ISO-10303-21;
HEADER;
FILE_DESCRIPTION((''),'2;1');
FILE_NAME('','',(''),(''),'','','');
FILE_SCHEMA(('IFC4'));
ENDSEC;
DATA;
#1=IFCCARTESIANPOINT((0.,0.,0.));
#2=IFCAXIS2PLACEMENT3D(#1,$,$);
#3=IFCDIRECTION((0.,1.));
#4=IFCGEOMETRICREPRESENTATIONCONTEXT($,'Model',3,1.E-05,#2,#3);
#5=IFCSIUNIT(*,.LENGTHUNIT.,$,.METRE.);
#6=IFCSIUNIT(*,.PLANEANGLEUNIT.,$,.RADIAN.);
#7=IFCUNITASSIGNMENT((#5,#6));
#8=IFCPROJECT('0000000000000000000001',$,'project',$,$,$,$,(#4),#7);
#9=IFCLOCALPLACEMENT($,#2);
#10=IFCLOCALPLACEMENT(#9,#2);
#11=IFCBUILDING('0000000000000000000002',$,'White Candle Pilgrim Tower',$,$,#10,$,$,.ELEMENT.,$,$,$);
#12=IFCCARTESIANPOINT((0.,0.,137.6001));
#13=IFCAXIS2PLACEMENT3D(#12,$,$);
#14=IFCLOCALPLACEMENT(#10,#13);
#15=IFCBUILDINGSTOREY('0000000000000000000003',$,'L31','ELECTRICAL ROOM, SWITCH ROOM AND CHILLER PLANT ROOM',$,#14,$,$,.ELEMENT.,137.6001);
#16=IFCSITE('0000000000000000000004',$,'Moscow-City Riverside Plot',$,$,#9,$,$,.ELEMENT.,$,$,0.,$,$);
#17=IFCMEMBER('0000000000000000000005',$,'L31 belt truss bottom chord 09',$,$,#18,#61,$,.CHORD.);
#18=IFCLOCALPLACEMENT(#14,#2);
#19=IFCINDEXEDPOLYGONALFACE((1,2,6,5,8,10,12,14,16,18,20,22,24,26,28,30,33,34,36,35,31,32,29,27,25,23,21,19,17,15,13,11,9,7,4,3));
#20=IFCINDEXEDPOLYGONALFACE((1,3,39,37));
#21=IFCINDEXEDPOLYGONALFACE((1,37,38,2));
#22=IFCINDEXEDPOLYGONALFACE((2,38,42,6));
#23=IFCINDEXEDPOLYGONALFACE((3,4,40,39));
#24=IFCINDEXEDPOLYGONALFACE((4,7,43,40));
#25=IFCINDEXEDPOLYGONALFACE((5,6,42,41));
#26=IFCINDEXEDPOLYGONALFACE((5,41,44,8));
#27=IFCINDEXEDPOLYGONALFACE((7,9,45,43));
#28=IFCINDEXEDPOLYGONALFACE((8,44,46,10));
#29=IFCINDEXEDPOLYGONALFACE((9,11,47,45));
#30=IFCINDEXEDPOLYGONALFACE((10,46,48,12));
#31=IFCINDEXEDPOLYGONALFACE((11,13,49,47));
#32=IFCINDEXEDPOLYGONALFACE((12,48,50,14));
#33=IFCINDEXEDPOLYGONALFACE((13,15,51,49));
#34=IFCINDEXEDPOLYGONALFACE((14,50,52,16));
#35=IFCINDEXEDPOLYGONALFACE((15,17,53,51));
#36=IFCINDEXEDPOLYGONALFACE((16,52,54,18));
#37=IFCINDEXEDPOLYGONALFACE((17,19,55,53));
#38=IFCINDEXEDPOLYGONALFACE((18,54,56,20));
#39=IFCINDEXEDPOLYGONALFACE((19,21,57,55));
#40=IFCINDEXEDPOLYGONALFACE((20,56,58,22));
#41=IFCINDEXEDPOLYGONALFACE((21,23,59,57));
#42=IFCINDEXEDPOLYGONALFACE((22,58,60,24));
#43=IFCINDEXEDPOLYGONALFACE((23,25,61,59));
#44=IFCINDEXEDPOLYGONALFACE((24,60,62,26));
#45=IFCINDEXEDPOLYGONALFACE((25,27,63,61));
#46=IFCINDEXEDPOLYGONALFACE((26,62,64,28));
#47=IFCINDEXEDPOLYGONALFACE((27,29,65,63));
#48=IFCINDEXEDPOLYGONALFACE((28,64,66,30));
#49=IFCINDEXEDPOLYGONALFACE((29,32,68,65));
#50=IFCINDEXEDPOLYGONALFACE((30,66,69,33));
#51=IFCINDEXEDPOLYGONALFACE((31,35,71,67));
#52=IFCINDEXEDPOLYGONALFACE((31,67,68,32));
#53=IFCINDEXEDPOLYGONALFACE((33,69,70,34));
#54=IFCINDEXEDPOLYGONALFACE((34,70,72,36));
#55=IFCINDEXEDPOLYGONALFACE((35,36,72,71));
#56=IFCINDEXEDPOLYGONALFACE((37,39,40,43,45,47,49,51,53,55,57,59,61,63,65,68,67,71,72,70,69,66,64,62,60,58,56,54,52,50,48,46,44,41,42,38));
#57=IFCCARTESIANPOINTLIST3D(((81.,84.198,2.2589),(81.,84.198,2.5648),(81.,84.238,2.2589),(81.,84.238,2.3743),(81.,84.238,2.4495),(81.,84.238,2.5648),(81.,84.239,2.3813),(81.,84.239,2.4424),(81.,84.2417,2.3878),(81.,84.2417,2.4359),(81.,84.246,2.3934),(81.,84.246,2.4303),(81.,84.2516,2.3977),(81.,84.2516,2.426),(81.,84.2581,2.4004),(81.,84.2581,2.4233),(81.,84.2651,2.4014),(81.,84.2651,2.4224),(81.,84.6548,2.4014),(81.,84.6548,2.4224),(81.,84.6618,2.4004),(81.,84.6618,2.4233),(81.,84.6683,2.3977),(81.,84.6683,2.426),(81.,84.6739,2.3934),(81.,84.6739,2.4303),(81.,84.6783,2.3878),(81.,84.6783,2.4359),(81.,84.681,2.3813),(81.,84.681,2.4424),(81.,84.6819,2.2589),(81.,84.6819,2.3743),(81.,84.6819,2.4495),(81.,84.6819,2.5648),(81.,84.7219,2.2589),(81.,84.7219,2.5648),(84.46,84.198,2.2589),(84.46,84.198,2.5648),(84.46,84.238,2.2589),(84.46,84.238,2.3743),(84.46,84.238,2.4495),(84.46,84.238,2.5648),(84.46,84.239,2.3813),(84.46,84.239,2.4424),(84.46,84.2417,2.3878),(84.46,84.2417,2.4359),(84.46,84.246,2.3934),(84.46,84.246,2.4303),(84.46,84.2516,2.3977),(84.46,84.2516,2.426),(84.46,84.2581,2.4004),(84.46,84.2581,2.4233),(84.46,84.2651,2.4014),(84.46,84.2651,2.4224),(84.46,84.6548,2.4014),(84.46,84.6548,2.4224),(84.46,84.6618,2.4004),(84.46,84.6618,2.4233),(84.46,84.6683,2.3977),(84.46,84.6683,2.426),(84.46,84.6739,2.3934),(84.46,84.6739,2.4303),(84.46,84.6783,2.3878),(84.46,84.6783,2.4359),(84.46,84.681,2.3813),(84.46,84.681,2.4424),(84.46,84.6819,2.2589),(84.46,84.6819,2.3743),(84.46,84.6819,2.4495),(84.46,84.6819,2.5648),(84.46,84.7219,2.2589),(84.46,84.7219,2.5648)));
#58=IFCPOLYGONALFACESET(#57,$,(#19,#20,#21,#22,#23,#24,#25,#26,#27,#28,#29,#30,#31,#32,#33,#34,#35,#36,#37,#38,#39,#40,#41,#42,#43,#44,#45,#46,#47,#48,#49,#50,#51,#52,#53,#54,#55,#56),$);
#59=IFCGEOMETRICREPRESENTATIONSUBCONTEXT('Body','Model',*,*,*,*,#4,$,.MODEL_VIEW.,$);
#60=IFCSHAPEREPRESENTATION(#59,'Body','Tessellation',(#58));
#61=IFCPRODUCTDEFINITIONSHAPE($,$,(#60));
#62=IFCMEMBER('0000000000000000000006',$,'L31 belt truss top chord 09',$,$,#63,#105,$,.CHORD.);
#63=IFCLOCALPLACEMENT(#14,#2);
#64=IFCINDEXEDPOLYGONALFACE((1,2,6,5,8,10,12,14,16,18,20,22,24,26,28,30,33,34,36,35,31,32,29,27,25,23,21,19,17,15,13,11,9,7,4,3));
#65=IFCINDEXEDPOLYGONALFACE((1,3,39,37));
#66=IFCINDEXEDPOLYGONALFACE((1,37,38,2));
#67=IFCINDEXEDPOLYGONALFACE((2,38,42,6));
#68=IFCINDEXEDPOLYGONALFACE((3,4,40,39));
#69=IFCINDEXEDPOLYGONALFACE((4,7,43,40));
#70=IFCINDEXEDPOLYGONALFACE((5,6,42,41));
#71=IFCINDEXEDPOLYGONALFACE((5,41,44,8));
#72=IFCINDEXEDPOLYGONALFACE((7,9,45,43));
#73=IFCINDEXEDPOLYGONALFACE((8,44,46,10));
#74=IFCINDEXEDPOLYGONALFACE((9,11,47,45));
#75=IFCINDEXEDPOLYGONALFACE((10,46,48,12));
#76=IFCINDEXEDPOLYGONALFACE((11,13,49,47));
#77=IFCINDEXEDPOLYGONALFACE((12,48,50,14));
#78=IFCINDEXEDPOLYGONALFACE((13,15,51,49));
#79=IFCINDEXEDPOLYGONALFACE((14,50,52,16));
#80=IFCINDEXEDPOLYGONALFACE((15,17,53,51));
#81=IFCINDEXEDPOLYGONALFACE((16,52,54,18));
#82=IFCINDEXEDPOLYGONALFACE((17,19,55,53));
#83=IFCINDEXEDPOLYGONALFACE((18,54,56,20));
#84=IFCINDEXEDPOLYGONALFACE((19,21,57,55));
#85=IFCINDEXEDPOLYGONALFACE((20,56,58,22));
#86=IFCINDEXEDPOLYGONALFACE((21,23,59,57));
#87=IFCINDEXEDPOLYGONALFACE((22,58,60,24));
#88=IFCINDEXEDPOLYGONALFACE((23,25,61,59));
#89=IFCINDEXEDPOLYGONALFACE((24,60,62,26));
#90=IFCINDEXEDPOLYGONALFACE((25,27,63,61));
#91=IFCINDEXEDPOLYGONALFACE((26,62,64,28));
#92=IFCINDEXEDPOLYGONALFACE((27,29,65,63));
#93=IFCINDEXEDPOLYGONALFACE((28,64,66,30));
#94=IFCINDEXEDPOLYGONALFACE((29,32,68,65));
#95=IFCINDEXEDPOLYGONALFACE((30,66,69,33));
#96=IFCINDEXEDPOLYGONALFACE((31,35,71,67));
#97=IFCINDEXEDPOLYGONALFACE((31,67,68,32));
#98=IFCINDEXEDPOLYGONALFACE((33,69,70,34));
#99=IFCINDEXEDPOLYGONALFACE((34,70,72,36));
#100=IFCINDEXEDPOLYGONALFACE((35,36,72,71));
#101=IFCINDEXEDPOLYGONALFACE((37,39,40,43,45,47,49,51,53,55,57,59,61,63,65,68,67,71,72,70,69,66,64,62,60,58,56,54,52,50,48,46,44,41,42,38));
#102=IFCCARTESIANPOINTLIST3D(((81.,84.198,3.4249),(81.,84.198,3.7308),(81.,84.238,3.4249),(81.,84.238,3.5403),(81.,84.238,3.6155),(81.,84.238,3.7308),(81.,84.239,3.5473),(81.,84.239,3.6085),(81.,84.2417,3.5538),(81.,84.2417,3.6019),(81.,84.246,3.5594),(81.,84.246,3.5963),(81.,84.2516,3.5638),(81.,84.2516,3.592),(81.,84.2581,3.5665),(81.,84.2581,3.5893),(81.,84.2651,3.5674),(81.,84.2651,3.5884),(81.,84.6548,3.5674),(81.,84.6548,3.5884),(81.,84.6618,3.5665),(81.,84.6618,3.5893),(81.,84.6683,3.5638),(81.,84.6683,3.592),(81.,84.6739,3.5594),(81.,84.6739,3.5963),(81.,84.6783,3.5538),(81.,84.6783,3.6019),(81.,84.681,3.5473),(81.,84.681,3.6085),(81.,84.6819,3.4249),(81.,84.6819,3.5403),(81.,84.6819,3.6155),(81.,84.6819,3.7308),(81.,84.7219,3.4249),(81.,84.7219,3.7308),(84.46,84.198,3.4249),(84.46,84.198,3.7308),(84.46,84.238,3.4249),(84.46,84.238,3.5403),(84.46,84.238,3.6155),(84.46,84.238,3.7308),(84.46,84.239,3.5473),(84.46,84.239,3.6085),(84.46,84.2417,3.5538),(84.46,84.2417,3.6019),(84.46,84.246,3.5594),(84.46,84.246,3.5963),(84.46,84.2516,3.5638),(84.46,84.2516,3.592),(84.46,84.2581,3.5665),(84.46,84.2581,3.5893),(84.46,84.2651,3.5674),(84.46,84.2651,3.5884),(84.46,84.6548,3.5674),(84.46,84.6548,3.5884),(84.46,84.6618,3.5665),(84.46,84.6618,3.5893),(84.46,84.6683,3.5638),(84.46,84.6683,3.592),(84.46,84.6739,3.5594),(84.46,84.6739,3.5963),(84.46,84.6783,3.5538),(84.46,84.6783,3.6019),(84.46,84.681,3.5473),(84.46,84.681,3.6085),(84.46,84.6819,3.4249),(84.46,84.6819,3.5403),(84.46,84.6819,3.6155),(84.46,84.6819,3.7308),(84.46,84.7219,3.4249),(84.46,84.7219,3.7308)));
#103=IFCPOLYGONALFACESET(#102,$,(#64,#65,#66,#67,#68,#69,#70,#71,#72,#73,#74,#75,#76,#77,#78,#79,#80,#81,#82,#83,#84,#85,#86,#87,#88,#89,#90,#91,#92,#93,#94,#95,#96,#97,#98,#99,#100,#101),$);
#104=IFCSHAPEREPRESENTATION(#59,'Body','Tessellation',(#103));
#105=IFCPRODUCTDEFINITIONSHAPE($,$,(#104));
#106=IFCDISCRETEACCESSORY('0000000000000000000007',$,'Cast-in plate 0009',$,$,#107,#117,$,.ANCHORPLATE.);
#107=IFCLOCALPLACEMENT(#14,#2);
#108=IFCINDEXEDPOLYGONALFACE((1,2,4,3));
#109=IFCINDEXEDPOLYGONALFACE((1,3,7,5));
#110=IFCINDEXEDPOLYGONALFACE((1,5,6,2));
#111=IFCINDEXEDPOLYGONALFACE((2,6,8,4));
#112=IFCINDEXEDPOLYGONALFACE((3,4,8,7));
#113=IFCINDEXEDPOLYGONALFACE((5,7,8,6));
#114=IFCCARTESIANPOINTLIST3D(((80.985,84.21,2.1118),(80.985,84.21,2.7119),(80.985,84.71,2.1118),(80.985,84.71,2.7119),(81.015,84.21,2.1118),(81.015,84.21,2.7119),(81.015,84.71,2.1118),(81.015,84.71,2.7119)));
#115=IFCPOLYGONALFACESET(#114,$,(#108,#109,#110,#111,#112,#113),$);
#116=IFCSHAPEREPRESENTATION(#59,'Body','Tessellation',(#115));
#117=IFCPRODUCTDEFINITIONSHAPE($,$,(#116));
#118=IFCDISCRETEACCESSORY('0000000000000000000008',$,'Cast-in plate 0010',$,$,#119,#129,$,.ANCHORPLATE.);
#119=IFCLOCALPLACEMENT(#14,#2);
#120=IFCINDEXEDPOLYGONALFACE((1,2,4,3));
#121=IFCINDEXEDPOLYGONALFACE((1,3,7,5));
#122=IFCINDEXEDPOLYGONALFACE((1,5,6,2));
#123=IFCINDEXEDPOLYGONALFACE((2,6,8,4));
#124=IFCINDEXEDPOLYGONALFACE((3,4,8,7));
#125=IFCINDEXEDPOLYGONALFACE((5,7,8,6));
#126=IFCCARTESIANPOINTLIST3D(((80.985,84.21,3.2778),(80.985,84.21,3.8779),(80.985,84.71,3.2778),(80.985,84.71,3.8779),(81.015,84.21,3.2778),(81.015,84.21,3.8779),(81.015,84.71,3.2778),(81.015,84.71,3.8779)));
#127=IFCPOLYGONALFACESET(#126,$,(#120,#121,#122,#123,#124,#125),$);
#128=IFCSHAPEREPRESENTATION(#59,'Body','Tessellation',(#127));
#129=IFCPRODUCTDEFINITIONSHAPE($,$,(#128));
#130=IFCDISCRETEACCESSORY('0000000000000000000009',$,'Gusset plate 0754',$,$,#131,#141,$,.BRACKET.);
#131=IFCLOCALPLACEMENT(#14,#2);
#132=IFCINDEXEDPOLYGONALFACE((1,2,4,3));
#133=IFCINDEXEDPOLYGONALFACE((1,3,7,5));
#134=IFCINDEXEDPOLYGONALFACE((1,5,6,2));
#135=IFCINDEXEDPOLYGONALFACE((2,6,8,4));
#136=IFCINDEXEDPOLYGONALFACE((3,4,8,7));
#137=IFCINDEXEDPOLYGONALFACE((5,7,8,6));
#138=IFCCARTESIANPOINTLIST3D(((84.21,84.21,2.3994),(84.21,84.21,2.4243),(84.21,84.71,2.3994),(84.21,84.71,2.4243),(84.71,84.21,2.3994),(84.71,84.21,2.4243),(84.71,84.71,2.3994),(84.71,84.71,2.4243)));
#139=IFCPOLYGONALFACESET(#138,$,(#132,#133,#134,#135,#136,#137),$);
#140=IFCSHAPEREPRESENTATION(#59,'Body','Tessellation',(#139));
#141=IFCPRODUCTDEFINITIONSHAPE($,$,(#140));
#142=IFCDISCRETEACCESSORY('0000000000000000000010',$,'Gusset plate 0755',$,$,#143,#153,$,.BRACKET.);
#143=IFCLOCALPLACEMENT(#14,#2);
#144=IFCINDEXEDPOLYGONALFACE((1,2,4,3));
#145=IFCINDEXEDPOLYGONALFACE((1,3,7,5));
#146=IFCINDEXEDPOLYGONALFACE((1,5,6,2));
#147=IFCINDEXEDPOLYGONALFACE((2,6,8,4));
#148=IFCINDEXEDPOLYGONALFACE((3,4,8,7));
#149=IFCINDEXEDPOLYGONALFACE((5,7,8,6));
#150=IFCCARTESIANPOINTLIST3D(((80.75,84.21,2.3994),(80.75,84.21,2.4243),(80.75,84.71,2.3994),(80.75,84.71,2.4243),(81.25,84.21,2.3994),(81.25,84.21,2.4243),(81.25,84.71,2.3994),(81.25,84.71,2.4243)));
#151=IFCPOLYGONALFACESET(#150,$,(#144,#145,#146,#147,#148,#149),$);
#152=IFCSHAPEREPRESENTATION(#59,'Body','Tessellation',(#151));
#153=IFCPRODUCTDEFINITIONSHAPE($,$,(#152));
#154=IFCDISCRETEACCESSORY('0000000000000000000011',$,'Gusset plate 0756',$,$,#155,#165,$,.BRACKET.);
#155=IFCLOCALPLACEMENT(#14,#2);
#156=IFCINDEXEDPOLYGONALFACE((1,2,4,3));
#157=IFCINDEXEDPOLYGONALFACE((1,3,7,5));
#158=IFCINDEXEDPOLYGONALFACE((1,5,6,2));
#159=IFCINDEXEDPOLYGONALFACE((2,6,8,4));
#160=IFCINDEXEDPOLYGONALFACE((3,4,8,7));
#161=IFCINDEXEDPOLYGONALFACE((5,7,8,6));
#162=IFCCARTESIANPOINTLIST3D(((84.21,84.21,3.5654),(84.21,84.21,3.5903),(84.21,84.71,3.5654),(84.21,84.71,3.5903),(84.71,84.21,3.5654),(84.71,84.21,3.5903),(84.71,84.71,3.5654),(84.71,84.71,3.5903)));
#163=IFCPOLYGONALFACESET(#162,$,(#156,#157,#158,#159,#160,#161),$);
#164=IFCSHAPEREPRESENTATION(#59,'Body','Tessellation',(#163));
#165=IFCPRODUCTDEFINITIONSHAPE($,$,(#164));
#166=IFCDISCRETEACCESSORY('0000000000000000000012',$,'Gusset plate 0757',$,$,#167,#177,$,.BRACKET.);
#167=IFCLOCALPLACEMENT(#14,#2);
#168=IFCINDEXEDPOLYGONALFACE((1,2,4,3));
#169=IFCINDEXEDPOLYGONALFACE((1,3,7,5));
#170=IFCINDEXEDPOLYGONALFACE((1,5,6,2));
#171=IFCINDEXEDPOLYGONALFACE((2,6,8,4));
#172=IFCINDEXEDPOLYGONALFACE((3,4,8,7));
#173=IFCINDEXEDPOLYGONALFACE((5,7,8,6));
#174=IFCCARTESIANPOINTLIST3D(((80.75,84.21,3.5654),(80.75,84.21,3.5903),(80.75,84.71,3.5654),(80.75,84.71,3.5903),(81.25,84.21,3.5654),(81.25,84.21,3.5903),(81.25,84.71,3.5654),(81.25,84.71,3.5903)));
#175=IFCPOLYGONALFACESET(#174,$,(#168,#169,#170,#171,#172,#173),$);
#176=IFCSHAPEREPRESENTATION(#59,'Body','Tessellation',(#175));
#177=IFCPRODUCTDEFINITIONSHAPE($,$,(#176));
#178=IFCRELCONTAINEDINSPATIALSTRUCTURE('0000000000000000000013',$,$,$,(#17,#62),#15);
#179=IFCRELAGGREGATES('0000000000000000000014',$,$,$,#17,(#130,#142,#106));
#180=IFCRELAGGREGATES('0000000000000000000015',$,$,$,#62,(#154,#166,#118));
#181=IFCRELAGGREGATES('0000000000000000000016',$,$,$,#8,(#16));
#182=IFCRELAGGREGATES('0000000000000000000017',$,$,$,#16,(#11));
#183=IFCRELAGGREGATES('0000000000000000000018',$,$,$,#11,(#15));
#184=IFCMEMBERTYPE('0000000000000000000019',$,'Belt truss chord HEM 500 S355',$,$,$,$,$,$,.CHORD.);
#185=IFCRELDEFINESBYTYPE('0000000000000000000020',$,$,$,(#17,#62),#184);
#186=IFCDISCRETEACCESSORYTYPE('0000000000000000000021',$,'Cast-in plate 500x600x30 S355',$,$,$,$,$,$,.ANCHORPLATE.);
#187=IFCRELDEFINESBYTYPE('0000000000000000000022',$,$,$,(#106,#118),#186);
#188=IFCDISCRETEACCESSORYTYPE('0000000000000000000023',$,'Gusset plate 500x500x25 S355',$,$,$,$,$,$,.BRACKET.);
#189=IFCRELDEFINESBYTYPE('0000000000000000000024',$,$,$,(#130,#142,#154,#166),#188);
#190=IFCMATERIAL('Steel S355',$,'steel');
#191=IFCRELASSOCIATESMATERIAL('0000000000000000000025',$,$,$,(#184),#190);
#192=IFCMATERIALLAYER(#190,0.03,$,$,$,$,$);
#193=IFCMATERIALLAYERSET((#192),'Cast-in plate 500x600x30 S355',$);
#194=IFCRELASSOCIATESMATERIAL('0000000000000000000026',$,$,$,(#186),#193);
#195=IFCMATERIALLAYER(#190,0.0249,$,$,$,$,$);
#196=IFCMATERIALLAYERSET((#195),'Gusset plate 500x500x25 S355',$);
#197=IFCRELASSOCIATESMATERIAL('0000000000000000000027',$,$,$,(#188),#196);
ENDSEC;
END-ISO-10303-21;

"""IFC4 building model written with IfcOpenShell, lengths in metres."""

from ifc_helpers import new_model, si_unit, direction, frame, origin, origin_2d, place, context, subcontext, project, spatial, rectangle, i_section, extrude, material, layer, layer_set, material_profile, profile_set, type_object, element, aggregate, save


model = new_model("IFC4")

# Units and contexts
model_context = context("Model", 3, precision=1e-05, world=origin(), true_north=direction((0.0, 1.0)))
body_context = subcontext(model_context, "Body", "Model", "MODEL_VIEW")
ifc_project = project(units=[si_unit("LENGTHUNIT", "METRE"), si_unit("PLANEANGLEUNIT", "RADIAN")], contexts=[model_context])

# Site, building, storey
site_placement = place(None, origin())
site = spatial("IfcSite", under=ifc_project, at=site_placement, Name="Moscow-City Riverside Plot", CompositionType="ELEMENT", RefElevation=0.0)
building_placement = place(site_placement, origin())
building = spatial("IfcBuilding", under=site, at=building_placement, Name="White Candle Pilgrim Tower", CompositionType="ELEMENT")
storey_placement = place(building_placement, frame((0.0, 0.0, 137.6001)))
storey = spatial("IfcBuildingStorey", under=building, at=storey_placement, Name="L31", Description="ELECTRICAL ROOM, SWITCH ROOM AND CHILLER PLANT ROOM", CompositionType="ELEMENT", Elevation=137.6001)

# Members
ifc_material_1 = material(Name="Steel S355", Category="steel")
ifc_material_profile_1 = material_profile(ifc_material_1, i_section(OverallWidth=0.3059, OverallDepth=0.5239, WebThickness=0.021, FlangeThickness=0.04, FilletRadius=0.0271, at=origin_2d()), Name="HEM 500")
ifc_profile_set_1 = profile_set([ifc_material_profile_1], Name="Steel S355")
member_type_1 = type_object("IfcMemberType", Name="Belt truss chord HEM 500 S355", PredefinedType="CHORD", material=ifc_profile_set_1)
member_1_placement = place(storey_placement, frame((84.46, 84.46, 2.4119), z_axis=(-1.0, 0.0, 0.0), x_axis=(0.0, 0.0, -1.0)))
member_1 = element("IfcMember", 1, at=member_1_placement, inside=storey, type_object=member_type_1, Name="L31 belt truss bottom chord 09", PredefinedType="CHORD", context=body_context, shape_type="SweptSolid", body=[
    extrude(i_section(OverallWidth=0.3059, OverallDepth=0.5239, WebThickness=0.021, FlangeThickness=0.04, FilletRadius=0.0271, at=origin_2d()), origin(), (0.0, 0.0, 1.0), 3.46),
])
member_2_placement = place(storey_placement, frame((84.46, 84.46, 3.5779), z_axis=(-1.0, 0.0, 0.0), x_axis=(0.0, 0.0, -1.0)))
member_2 = element("IfcMember", 2, at=member_2_placement, inside=storey, type_object=member_type_1, Name="L31 belt truss top chord 09", PredefinedType="CHORD", context=body_context, shape_type="SweptSolid", body=[
    extrude(i_section(OverallWidth=0.3059, OverallDepth=0.5239, WebThickness=0.021, FlangeThickness=0.04, FilletRadius=0.0271, at=origin_2d()), origin(), (0.0, 0.0, 1.0), 3.46),
])

# Discrete accessories
ifc_layer_1 = layer(ifc_material_1, 0.03)
ifc_layer_set_1 = layer_set([ifc_layer_1], Name="Cast-in plate 500x600x30 S355")
discrete_accessory_type_1 = type_object("IfcDiscreteAccessoryType", Name="Cast-in plate 500x600x30 S355", PredefinedType="ANCHORPLATE", material=ifc_layer_set_1)
discrete_accessory_1_placement = place(storey_placement, frame((81.0, 84.46, 2.1118), z_axis=(0.0, 0.0, 1.0), x_axis=(1.0, 0.0, 0.0)))
discrete_accessory_1 = element("IfcDiscreteAccessory", 3, at=discrete_accessory_1_placement, type_object=discrete_accessory_type_1, Name="Cast-in plate 0009", PredefinedType="ANCHORPLATE", context=body_context, shape_type="SweptSolid", body=[
    extrude(rectangle(XDim=0.03, YDim=0.5, at=origin_2d()), origin(), (0.0, 0.0, 1.0), 0.6001),
])
discrete_accessory_2_placement = place(storey_placement, frame((81.0, 84.46, 3.2778), z_axis=(0.0, 0.0, 1.0), x_axis=(1.0, 0.0, 0.0)))
discrete_accessory_2 = element("IfcDiscreteAccessory", 4, at=discrete_accessory_2_placement, type_object=discrete_accessory_type_1, Name="Cast-in plate 0010", PredefinedType="ANCHORPLATE", context=body_context, shape_type="SweptSolid", body=[
    extrude(rectangle(XDim=0.03, YDim=0.5, at=origin_2d()), origin(), (0.0, 0.0, 1.0), 0.6001),
])
ifc_layer_2 = layer(ifc_material_1, 0.0249)
ifc_layer_set_2 = layer_set([ifc_layer_2], Name="Gusset plate 500x500x25 S355")
discrete_accessory_type_2 = type_object("IfcDiscreteAccessoryType", Name="Gusset plate 500x500x25 S355", PredefinedType="BRACKET", material=ifc_layer_set_2)
discrete_accessory_3_placement = place(storey_placement, frame((84.46, 84.46, 2.3994), z_axis=(0.0, 0.0, 1.0), x_axis=(1.0, 0.0, 0.0)))
discrete_accessory_3 = element("IfcDiscreteAccessory", 5, at=discrete_accessory_3_placement, type_object=discrete_accessory_type_2, Name="Gusset plate 0754", PredefinedType="BRACKET", context=body_context, shape_type="SweptSolid", body=[
    extrude(rectangle(XDim=0.5, YDim=0.5, at=origin_2d()), origin(), (0.0, 0.0, 1.0), 0.0249),
])
discrete_accessory_4_placement = place(storey_placement, frame((81.0, 84.46, 2.3994), z_axis=(0.0, 0.0, 1.0), x_axis=(1.0, 0.0, 0.0)))
discrete_accessory_4 = element("IfcDiscreteAccessory", 6, at=discrete_accessory_4_placement, type_object=discrete_accessory_type_2, Name="Gusset plate 0755", PredefinedType="BRACKET", context=body_context, shape_type="SweptSolid", body=[
    extrude(rectangle(XDim=0.5, YDim=0.5, at=origin_2d()), origin(), (0.0, 0.0, 1.0), 0.0249),
])
aggregate(member_1, [discrete_accessory_3, discrete_accessory_4, discrete_accessory_1])
discrete_accessory_5_placement = place(storey_placement, frame((84.46, 84.46, 3.5654), z_axis=(0.0, 0.0, 1.0), x_axis=(1.0, 0.0, 0.0)))
discrete_accessory_5 = element("IfcDiscreteAccessory", 7, at=discrete_accessory_5_placement, type_object=discrete_accessory_type_2, Name="Gusset plate 0756", PredefinedType="BRACKET", context=body_context, shape_type="SweptSolid", body=[
    extrude(rectangle(XDim=0.5, YDim=0.5, at=origin_2d()), origin(), (0.0, 0.0, 1.0), 0.0249),
])
discrete_accessory_6_placement = place(storey_placement, frame((81.0, 84.46, 3.5654), z_axis=(0.0, 0.0, 1.0), x_axis=(1.0, 0.0, 0.0)))
discrete_accessory_6 = element("IfcDiscreteAccessory", 8, at=discrete_accessory_6_placement, type_object=discrete_accessory_type_2, Name="Gusset plate 0757", PredefinedType="BRACKET", context=body_context, shape_type="SweptSolid", body=[
    extrude(rectangle(XDim=0.5, YDim=0.5, at=origin_2d()), origin(), (0.0, 0.0, 1.0), 0.0249),
])
aggregate(member_2, [discrete_accessory_5, discrete_accessory_6, discrete_accessory_2])

save(model, "model.ifc")
